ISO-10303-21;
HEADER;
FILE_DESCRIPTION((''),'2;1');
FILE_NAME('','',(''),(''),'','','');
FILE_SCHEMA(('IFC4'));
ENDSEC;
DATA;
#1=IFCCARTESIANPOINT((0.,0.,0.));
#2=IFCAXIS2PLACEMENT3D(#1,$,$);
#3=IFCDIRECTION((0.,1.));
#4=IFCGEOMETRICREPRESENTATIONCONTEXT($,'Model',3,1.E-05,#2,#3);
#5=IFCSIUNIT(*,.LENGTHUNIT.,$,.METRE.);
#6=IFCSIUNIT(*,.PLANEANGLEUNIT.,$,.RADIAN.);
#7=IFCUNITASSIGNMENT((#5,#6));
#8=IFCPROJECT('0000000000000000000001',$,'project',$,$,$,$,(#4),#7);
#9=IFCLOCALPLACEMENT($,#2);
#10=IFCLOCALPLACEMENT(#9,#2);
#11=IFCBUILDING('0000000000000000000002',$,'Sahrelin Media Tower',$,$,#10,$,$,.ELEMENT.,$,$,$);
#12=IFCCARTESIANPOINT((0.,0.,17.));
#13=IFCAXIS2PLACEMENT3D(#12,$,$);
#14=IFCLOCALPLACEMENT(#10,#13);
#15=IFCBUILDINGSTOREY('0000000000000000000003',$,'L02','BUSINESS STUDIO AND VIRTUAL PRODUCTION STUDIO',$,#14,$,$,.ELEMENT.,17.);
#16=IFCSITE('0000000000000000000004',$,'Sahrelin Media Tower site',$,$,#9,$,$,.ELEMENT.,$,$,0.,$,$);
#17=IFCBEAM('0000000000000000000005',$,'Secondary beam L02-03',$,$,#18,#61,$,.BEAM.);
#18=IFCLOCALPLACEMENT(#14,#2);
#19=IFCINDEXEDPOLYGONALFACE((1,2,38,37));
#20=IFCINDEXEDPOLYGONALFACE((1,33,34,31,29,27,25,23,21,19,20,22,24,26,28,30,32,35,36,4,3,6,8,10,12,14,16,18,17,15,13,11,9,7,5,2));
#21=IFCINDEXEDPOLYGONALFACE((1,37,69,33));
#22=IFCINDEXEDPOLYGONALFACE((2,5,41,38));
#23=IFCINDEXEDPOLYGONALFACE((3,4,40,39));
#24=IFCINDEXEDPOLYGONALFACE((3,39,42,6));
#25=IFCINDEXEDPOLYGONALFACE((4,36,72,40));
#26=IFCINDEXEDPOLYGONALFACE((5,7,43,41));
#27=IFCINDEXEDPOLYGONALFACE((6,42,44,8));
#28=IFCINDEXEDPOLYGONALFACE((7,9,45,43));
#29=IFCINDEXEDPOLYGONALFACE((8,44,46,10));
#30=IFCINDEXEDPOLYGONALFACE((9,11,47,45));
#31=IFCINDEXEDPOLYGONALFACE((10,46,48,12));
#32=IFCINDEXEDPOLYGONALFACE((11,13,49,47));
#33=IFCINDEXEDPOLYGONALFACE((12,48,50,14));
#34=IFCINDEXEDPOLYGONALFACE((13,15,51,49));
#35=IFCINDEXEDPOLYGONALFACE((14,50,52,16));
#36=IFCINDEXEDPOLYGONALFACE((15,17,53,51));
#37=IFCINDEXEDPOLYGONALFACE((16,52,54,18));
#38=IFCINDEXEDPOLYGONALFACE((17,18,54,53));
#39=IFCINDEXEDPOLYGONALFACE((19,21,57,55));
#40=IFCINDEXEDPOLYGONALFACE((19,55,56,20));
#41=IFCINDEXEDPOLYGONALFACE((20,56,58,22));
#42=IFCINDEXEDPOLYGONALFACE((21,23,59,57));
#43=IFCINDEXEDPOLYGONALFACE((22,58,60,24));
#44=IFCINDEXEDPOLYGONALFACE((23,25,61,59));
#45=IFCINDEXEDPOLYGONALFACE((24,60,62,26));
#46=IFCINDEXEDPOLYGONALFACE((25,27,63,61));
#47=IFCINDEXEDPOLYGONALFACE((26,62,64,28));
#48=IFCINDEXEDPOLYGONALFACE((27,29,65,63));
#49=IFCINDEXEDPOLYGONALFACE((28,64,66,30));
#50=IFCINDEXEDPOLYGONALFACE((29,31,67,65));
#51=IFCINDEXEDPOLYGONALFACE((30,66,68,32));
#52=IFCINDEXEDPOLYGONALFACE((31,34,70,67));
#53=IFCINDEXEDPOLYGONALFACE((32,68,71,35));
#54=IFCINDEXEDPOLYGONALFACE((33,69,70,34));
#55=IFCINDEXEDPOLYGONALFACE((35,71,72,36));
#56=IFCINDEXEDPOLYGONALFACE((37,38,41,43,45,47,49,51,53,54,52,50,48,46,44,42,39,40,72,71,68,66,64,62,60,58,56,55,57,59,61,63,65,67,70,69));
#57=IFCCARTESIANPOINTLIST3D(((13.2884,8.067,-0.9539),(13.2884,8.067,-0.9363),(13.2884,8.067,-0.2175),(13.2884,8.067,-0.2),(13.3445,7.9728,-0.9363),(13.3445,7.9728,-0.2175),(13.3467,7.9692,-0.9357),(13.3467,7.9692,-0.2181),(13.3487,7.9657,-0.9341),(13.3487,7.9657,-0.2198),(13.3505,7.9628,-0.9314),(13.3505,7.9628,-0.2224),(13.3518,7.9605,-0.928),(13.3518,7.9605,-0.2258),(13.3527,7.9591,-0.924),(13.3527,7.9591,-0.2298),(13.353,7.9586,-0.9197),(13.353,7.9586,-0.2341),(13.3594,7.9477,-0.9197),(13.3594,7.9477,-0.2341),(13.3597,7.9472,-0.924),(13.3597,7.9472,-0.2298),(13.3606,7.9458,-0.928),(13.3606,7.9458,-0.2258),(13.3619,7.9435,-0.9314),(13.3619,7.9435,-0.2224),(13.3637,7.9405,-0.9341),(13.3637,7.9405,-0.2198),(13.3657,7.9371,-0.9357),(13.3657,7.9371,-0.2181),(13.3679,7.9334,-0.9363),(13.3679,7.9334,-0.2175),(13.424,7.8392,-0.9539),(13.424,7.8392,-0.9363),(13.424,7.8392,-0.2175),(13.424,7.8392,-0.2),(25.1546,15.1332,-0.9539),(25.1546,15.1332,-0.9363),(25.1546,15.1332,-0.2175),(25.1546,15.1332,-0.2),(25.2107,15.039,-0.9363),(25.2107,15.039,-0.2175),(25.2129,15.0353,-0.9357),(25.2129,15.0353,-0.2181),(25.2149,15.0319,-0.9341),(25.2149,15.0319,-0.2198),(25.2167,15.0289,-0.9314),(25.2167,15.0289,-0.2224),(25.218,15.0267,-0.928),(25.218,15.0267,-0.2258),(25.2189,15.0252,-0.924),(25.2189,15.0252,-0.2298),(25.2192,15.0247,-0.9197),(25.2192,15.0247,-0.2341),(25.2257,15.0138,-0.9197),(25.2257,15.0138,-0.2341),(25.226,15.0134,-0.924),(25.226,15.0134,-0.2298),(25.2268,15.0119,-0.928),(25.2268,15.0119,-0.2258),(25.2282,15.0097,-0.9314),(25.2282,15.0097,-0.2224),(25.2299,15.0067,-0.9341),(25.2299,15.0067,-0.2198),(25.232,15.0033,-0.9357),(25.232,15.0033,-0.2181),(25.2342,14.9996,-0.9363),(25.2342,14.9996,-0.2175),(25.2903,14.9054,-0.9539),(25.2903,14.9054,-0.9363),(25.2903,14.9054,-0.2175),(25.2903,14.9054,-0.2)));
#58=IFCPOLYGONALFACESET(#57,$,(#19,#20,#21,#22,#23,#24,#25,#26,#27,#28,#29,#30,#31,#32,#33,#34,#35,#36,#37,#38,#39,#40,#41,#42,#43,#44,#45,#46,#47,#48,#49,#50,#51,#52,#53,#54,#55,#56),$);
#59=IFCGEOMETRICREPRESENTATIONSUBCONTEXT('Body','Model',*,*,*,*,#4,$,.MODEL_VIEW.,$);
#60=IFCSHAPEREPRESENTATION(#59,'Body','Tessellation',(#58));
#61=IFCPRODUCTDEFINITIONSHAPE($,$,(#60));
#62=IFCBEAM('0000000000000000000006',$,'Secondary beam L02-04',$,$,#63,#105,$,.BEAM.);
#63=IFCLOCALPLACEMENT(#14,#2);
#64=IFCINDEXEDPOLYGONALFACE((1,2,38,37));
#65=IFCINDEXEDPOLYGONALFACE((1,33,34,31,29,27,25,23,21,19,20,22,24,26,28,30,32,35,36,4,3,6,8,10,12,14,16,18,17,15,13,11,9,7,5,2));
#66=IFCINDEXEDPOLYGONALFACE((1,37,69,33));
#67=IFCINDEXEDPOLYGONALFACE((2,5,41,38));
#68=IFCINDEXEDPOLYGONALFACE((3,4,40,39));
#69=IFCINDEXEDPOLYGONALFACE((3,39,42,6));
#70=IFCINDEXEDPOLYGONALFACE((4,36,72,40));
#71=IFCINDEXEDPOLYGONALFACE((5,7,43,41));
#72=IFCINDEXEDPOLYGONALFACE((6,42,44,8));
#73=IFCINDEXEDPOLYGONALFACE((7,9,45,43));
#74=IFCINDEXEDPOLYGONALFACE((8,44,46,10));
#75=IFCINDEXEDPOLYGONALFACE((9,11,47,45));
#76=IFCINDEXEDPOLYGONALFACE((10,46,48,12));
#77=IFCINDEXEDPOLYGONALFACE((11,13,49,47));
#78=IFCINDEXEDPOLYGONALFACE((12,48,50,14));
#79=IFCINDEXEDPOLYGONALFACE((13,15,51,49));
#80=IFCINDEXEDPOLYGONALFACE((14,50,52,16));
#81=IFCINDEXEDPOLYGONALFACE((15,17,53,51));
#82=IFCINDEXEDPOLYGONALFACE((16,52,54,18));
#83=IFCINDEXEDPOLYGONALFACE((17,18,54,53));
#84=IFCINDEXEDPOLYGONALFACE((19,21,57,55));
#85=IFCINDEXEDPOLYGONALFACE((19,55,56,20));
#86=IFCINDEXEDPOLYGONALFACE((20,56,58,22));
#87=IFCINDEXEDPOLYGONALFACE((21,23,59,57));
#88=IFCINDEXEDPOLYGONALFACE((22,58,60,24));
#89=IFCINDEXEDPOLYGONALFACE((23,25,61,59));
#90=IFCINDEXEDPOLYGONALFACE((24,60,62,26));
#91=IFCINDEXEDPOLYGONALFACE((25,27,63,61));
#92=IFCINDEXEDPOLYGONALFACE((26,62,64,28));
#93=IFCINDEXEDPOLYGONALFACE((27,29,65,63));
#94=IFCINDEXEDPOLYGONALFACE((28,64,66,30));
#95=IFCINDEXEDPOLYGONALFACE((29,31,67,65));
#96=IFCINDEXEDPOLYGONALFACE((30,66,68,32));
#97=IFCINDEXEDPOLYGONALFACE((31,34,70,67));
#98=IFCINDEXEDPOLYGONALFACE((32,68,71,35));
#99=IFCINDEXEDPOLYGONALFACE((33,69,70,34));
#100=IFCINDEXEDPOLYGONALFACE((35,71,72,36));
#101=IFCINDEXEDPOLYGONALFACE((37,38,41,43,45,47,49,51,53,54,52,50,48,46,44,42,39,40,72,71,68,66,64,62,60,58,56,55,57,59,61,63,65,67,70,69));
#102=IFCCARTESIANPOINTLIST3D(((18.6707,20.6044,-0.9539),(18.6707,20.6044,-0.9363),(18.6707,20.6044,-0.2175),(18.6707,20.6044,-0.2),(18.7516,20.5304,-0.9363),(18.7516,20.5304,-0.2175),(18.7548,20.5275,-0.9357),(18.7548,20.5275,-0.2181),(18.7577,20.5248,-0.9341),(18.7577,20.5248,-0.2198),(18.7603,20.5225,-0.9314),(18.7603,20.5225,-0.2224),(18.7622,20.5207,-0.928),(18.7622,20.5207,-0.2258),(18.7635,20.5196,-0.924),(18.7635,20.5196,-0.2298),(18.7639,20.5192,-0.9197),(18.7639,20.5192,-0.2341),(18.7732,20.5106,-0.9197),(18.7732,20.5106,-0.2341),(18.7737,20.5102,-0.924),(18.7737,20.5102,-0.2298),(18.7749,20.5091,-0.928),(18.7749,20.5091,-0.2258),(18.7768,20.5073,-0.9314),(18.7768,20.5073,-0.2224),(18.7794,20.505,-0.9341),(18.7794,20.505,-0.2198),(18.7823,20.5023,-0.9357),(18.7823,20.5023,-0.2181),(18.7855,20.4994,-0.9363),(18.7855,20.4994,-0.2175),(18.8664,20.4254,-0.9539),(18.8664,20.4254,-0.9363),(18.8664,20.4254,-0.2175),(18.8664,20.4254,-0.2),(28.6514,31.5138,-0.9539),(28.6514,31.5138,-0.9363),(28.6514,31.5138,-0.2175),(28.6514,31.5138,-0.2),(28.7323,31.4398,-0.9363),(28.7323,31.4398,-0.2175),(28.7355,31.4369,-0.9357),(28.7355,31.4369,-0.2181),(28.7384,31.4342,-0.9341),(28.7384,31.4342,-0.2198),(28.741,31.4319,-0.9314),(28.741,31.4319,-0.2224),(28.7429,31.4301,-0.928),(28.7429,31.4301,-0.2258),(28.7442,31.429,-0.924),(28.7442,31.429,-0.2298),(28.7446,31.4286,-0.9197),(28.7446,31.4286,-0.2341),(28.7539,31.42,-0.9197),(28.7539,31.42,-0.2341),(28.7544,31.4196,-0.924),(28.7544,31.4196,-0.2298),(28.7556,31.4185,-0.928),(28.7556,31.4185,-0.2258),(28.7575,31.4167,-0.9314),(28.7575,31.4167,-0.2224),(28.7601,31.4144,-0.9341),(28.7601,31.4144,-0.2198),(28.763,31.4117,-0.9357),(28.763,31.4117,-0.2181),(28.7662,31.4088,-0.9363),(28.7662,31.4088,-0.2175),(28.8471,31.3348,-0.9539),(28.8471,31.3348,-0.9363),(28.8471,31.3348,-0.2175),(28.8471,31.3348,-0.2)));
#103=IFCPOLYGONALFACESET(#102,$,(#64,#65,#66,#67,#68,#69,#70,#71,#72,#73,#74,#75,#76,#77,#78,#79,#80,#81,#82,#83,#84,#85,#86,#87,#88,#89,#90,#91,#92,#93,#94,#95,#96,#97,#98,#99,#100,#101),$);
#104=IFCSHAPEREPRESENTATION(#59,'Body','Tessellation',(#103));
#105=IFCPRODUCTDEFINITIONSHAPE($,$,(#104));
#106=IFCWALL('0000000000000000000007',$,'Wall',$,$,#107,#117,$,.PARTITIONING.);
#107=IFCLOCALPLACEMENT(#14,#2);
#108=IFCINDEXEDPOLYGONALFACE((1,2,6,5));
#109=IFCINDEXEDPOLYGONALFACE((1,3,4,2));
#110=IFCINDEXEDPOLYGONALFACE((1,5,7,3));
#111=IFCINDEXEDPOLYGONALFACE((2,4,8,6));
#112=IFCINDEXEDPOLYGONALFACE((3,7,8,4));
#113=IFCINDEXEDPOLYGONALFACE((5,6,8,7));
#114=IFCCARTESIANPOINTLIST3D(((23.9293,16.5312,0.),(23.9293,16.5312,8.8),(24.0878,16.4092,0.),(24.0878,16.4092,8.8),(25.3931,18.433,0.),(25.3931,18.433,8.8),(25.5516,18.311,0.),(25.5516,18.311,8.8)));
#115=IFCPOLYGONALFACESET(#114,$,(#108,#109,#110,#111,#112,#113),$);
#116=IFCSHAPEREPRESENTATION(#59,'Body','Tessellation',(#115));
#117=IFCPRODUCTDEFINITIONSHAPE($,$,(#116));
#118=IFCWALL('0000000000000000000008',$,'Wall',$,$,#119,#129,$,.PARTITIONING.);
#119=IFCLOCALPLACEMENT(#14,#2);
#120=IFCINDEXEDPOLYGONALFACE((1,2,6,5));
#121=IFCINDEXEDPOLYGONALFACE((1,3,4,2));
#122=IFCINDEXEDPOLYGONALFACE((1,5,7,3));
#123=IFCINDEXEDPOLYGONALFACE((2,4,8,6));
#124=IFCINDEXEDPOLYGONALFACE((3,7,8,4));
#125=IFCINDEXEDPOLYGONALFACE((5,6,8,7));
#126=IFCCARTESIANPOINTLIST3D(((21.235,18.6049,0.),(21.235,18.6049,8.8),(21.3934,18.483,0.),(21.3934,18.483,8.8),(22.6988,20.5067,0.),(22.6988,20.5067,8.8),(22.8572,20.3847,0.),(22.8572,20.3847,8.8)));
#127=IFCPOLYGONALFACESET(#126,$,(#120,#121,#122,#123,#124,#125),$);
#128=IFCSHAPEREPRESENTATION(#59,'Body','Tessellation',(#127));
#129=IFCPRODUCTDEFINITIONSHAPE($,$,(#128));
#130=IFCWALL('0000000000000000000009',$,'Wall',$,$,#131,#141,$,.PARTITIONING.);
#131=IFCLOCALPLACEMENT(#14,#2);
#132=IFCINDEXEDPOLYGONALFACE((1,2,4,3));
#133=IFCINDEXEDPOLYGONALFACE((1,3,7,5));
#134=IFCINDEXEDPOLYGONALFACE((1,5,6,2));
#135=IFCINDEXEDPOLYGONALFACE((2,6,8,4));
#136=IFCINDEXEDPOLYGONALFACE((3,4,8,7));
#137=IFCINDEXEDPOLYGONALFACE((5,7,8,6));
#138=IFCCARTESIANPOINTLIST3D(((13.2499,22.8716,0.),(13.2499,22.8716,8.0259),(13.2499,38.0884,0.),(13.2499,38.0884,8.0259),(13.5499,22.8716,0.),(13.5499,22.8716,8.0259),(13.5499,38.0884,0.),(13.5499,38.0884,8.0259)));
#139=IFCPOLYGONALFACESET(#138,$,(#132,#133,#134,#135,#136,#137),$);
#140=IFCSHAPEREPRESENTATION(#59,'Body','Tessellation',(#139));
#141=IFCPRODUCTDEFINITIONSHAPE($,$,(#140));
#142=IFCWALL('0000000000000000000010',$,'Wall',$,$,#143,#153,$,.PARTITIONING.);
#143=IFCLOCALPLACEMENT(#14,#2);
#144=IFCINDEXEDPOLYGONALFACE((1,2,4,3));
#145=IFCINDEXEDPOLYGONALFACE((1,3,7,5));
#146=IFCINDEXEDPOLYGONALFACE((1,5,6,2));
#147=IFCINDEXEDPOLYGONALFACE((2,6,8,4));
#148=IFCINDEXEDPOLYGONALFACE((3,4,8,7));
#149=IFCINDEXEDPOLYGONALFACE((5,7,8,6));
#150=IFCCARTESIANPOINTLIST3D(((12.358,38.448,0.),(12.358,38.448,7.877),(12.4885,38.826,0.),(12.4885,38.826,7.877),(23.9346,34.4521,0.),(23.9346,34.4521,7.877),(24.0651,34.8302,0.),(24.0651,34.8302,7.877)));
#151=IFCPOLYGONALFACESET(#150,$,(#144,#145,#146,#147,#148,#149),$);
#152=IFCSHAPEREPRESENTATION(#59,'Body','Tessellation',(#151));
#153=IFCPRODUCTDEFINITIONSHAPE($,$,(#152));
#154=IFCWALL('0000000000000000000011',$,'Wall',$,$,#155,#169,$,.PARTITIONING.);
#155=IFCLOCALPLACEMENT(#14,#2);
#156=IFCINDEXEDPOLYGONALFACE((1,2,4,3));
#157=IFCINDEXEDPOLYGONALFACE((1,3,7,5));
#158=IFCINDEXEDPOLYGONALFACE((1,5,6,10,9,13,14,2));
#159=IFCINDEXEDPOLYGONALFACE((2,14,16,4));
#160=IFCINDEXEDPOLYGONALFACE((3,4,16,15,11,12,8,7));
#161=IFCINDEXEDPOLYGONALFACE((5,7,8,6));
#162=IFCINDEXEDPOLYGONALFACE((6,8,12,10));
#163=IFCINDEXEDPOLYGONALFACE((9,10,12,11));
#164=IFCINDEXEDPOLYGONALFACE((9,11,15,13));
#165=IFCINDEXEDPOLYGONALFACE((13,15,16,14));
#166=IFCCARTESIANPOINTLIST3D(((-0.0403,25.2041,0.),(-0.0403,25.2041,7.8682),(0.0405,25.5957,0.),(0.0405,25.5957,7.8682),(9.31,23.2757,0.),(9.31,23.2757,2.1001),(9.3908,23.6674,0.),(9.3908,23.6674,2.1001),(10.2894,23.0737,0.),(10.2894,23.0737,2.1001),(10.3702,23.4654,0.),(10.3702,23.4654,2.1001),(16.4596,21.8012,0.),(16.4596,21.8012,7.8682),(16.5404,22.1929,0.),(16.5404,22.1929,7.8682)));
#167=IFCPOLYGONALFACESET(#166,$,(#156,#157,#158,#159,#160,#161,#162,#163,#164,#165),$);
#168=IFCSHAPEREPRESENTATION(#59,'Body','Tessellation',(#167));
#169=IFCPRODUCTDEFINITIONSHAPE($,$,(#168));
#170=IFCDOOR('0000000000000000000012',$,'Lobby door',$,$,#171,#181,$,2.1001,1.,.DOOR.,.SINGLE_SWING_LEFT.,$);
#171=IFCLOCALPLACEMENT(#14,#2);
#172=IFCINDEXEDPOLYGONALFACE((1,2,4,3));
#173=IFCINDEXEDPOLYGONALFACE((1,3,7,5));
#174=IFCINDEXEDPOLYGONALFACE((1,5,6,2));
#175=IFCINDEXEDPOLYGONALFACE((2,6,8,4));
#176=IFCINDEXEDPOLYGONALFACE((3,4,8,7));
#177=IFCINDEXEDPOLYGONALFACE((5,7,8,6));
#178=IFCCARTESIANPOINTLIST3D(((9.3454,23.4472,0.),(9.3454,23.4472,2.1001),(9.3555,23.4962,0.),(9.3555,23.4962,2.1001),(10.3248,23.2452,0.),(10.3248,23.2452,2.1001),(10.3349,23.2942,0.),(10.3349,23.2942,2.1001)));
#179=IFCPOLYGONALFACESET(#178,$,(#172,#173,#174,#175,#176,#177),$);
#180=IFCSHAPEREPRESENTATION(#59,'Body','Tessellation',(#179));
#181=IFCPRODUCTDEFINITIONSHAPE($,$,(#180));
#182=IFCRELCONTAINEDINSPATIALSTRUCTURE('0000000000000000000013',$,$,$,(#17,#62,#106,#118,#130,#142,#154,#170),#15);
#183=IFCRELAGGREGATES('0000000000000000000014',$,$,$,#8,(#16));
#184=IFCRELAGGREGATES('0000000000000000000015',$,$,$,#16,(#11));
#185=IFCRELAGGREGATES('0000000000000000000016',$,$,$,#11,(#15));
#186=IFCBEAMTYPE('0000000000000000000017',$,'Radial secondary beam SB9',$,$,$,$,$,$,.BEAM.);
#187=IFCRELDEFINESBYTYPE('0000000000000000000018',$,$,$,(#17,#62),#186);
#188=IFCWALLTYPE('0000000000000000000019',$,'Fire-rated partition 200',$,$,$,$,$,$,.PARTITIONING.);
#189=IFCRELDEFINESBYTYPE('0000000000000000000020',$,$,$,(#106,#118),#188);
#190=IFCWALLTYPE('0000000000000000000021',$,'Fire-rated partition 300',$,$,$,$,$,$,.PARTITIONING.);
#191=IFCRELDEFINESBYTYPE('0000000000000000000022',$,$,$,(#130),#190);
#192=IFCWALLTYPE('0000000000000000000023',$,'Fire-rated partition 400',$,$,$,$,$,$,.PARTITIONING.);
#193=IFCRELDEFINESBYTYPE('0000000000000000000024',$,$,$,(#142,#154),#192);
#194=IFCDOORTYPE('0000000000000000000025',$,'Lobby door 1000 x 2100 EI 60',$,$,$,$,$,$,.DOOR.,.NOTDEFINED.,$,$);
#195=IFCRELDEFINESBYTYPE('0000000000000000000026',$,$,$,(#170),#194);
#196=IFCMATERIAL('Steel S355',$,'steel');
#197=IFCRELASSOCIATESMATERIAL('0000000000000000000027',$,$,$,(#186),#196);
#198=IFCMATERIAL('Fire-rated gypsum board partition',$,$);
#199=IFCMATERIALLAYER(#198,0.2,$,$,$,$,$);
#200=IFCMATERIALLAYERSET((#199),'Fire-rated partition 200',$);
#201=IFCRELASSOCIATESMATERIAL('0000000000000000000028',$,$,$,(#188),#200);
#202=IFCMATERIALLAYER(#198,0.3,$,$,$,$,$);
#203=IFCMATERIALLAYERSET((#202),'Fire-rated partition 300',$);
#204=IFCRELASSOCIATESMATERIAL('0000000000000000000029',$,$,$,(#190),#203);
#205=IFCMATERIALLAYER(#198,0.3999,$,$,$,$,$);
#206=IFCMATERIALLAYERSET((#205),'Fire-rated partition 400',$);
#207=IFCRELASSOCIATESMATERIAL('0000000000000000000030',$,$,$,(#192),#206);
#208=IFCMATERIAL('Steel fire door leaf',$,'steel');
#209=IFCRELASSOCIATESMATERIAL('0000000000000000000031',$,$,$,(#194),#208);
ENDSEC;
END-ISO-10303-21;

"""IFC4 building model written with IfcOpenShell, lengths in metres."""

from ifc_helpers import new_model, si_unit, direction, frame, frame_2d, origin, origin_2d, place, context, subcontext, project, spatial, rectangle, i_section, extrude, material, layer, layer_set, material_profile, profile_set, type_object, element, fill, save


model = new_model("IFC4")

# Units and contexts
model_context = context("Model", 3, precision=1e-05, world=origin(), true_north=direction((0.0, 1.0)))
body_context = subcontext(model_context, "Body", "Model", "MODEL_VIEW")
ifc_project = project(units=[si_unit("LENGTHUNIT", "METRE"), si_unit("PLANEANGLEUNIT", "RADIAN")], contexts=[model_context])

# Site, building, storey
site_placement = place(None, origin())
site = spatial("IfcSite", under=ifc_project, at=site_placement, Name="Sahrelin Media Tower site", CompositionType="ELEMENT", RefElevation=0.0)
building_placement = place(site_placement, origin())
building = spatial("IfcBuilding", under=site, at=building_placement, Name="Sahrelin Media Tower", CompositionType="ELEMENT")
storey_placement = place(building_placement, frame((0.0, 0.0, 17.0)))
storey = spatial("IfcBuildingStorey", under=building, at=storey_placement, Name="L02", Description="BUSINESS STUDIO AND VIRTUAL PRODUCTION STUDIO", CompositionType="ELEMENT", Elevation=17.0)

# Beams
ifc_material_1 = material(Name="Steel S355", Category="steel")
ifc_material_profile_1 = material_profile(ifc_material_1, i_section(OverallWidth=0.2651, OverallDepth=0.7539, WebThickness=0.0127, FlangeThickness=0.0176, FilletRadius=0.0166, at=origin_2d()), Name="UB 762x267x147")
ifc_profile_set_1 = profile_set([ifc_material_profile_1], Name="Steel S355")
beam_type_1 = type_object("IfcBeamType", Name="Radial secondary beam SB9", PredefinedType="BEAM", material=ifc_profile_set_1)
beam_1_placement = place(storey_placement, frame((13.3562, 7.9531, -0.5769), z_axis=(0.859199, 0.511641, 0.0), x_axis=(-0.511641, 0.859199, 0.0)))
element("IfcBeam", 1, at=beam_1_placement, inside=storey, type_object=beam_type_1, Name="Secondary beam L02-03", PredefinedType="BEAM", context=body_context, shape_type="SweptSolid", body=[
    extrude(i_section(OverallWidth=0.2651, OverallDepth=0.7539, WebThickness=0.0127, FlangeThickness=0.0176, FilletRadius=0.0166, at=origin_2d()), origin(), (0.0, 0.0, 1.0), 13.8108),
])
beam_2_placement = place(storey_placement, frame((18.7686, 20.5149, -0.5769), z_axis=(0.675004, 0.737814, 0.0), x_axis=(-0.737814, 0.675004, 0.0)))
element("IfcBeam", 2, at=beam_2_placement, inside=storey, type_object=beam_type_1, Name="Secondary beam L02-04", PredefinedType="BEAM", context=body_context, shape_type="SweptSolid", body=[
    extrude(i_section(OverallWidth=0.2651, OverallDepth=0.7539, WebThickness=0.0127, FlangeThickness=0.0176, FilletRadius=0.0166, at=origin_2d()), origin(), (0.0, 0.0, 1.0), 14.7861),
])

# Walls
ifc_material_2 = material(Name="Fire-rated gypsum board partition")
ifc_layer_1 = layer(ifc_material_2, 0.2)
ifc_layer_set_1 = layer_set([ifc_layer_1], Name="Fire-rated partition 200")
wall_type_1 = type_object("IfcWallType", Name="Fire-rated partition 200", PredefinedType="PARTITIONING", material=ifc_layer_set_1)
for number, where, z_axis, x_axis, name in (
    (3, (24.0085, 16.4702, 0.0), (0.0, 0.0, 1.0), (0.609947, 0.792442, 0.0), "Wall"),
    (4, (21.3142, 18.5439, 0.0), (0.0, 0.0, 1.0), (0.609947, 0.792442, 0.0), "Wall"),
):
    element("IfcWall", number, at=place(storey_placement, frame(where, z_axis=z_axis, x_axis=x_axis)), inside=storey, type_object=wall_type_1, Name=name, PredefinedType="PARTITIONING", context=body_context, shape_type="SweptSolid", body=[
        extrude(rectangle(XDim=2.3999, YDim=0.2, at=frame_2d((1.2, 0.0))), origin(), (0.0, 0.0, 1.0), 8.8),
    ])
ifc_layer_2 = layer(ifc_material_2, 0.3)
ifc_layer_set_2 = layer_set([ifc_layer_2], Name="Fire-rated partition 300")
wall_type_2 = type_object("IfcWallType", Name="Fire-rated partition 300", PredefinedType="PARTITIONING", material=ifc_layer_set_2)
wall_1_placement = place(storey_placement, frame((13.3999, 22.8716, 0.0), z_axis=(0.0, 0.0, 1.0), x_axis=(0.0, 1.0, 0.0)))
element("IfcWall", 5, at=wall_1_placement, inside=storey, type_object=wall_type_2, Name="Wall", PredefinedType="PARTITIONING", context=body_context, shape_type="SweptSolid", body=[
    extrude(rectangle(XDim=15.2168, YDim=0.3, at=frame_2d((7.6084, 0.0))), origin(), (0.0, 0.0, 1.0), 8.0259),
])
ifc_layer_3 = layer(ifc_material_2, 0.3999)
ifc_layer_set_3 = layer_set([ifc_layer_3], Name="Fire-rated partition 400")
wall_type_3 = type_object("IfcWallType", Name="Fire-rated partition 400", PredefinedType="PARTITIONING", material=ifc_layer_set_3)
wall_2_placement = place(storey_placement, frame((24.0, 34.6411, 0.0), z_axis=(0.0, 0.0, 1.0), x_axis=(-0.945275, 0.326275, 0.0)))
element("IfcWall", 6, at=wall_2_placement, inside=storey, type_object=wall_type_3, Name="Wall", PredefinedType="PARTITIONING", context=body_context, shape_type="SweptSolid", body=[
    extrude(rectangle(XDim=12.2468, YDim=0.3999, at=frame_2d((6.1235, 0.0))), origin(), (0.0, 0.0, 1.0), 7.877),
])

# Wall, opening, door
wall_3_placement = place(storey_placement, frame((16.5, 21.9971, 0.0), z_axis=(0.0, 0.0, 1.0), x_axis=(-0.979389, 0.201982, 0.0)))
wall_3 = element("IfcWall", 7, at=wall_3_placement, inside=storey, type_object=wall_type_3, Name="Wall", PredefinedType="PARTITIONING", context=body_context, shape_type="SweptSolid", body=[
    extrude(rectangle(XDim=16.8472, YDim=0.3999, at=frame_2d((8.4236, 0.0))), origin(), (0.0, 0.0, 1.0), 7.8682),
])
opening_1_placement = place(wall_3_placement, frame((6.3, 0.0, 0.0)))
opening_1 = element("IfcOpeningElement", 8, at=opening_1_placement, cuts=wall_3, PredefinedType="OPENING", context=body_context, shape_type="SweptSolid", body=[
    extrude(rectangle(XDim=1.0, YDim=2.1001, at=frame_2d((0.5, 1.05))), frame((0.0, 0.2, 0.0), z_axis=(0.0, -1.0, 0.0), x_axis=(1.0, 0.0, 0.0)), (0.0, 0.0, 1.0), 0.3999),
])
ifc_material_3 = material(Name="Steel fire door leaf", Category="steel")
door_type_1 = type_object("IfcDoorType", Name="Lobby door 1000 x 2100 EI 60", OperationType="NOTDEFINED", PredefinedType="DOOR", material=ifc_material_3)
door_1_placement = place(opening_1_placement, origin())
door_1 = element("IfcDoor", 9, at=door_1_placement, inside=storey, type_object=door_type_1, Name="Lobby door", OperationType="SINGLE_SWING_LEFT", OverallHeight=2.1001, OverallWidth=1.0, PredefinedType="DOOR", context=body_context, shape_type="SweptSolid", body=[
    extrude(rectangle(XDim=1.0, YDim=2.1001, at=frame_2d((0.5, 1.05))), frame((0.0, 0.0249, 0.0), z_axis=(0.0, -1.0, 0.0), x_axis=(1.0, 0.0, 0.0)), (0.0, 0.0, 1.0), 0.05),
])
fill(opening_1, door_1)

save(model, "model.ifc")
